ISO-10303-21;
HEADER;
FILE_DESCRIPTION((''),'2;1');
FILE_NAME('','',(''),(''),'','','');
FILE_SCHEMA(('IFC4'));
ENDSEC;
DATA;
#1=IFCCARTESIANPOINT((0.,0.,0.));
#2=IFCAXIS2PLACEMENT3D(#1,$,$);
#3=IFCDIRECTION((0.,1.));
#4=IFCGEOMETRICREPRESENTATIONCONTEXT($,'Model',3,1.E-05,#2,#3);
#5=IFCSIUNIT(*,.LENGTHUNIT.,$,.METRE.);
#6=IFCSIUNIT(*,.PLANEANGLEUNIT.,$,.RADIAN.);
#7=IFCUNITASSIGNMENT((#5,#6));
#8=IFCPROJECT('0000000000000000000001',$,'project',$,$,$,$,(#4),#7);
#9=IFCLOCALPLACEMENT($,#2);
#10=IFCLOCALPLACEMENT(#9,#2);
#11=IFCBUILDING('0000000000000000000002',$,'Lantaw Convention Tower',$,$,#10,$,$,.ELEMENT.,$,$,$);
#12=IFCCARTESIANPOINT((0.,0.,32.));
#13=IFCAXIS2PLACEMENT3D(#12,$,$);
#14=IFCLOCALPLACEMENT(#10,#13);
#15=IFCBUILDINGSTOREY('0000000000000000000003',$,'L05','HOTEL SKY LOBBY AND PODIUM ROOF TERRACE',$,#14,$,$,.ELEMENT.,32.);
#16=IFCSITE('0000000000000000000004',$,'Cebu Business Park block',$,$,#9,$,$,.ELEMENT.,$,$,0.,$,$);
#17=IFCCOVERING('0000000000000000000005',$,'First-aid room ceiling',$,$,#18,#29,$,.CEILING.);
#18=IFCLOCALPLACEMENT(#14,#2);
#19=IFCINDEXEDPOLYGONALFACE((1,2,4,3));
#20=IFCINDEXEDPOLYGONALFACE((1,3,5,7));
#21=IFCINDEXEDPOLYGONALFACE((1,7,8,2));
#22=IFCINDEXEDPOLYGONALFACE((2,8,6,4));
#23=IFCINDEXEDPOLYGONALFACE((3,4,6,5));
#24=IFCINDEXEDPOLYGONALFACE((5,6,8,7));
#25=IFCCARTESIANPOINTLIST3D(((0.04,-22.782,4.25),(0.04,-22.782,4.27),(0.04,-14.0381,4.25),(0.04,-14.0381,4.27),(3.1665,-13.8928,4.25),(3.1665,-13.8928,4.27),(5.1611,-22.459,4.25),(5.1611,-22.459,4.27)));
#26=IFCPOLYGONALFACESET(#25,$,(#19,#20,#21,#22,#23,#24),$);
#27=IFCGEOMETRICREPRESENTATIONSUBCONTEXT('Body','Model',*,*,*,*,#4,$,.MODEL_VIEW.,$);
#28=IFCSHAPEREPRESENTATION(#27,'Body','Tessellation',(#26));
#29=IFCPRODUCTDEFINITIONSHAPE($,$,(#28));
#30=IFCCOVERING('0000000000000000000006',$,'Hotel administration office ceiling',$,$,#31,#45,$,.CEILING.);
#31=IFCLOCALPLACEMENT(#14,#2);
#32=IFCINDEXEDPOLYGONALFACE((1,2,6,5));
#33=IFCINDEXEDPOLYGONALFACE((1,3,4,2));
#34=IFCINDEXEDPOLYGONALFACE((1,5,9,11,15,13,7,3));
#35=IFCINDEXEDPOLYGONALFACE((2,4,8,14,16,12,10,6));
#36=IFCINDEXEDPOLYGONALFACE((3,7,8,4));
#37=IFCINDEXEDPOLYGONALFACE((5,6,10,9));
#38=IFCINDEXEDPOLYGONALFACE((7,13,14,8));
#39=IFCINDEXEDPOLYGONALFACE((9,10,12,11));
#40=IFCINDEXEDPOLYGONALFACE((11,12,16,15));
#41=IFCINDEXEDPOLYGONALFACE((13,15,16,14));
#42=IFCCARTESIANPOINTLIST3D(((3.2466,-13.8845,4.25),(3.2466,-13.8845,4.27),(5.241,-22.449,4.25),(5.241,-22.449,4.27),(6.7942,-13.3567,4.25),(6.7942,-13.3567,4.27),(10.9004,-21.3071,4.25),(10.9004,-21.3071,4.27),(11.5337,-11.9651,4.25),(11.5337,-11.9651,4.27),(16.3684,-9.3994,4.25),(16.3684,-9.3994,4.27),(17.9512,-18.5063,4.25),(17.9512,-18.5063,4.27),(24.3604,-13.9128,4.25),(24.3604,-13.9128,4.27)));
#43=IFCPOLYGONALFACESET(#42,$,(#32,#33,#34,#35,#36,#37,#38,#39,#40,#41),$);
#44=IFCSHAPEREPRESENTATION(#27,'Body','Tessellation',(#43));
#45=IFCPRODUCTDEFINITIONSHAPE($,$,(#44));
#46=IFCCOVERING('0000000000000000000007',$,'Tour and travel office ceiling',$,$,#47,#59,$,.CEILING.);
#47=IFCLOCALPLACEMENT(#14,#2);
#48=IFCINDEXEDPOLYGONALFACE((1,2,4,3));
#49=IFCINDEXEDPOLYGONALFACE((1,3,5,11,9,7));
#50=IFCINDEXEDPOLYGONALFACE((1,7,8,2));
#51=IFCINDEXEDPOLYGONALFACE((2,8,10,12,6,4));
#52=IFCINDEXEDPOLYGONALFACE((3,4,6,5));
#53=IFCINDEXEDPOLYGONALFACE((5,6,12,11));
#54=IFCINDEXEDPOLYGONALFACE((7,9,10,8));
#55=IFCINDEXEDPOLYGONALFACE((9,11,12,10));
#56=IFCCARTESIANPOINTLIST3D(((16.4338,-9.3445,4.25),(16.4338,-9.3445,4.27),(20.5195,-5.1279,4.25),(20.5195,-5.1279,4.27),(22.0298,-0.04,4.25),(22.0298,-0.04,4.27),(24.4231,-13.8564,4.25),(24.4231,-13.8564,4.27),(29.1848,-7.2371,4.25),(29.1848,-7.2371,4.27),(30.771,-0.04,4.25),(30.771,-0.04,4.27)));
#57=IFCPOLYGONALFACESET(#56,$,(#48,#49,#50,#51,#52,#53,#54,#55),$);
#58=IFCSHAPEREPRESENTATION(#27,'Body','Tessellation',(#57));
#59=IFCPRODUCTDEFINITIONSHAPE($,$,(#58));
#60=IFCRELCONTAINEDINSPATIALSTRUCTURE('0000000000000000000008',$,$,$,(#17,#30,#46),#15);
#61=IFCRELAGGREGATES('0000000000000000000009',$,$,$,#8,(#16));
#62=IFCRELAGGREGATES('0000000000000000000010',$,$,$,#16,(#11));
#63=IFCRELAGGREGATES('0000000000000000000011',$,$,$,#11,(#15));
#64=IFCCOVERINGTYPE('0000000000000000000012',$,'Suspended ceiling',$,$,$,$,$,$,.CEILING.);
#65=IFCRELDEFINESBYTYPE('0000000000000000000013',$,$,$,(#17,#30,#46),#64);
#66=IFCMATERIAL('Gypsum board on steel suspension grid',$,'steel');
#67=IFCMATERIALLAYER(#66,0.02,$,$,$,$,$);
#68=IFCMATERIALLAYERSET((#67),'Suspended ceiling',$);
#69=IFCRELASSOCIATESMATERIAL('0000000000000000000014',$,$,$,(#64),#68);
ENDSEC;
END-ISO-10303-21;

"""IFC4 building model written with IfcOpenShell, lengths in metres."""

from ifc_helpers import new_model, si_unit, direction, frame, origin, place, context, subcontext, project, spatial, polyline, outline, extrude, material, layer, layer_set, type_object, element, save


model = new_model("IFC4")

# Units and contexts
model_context = context("Model", 3, precision=1e-05, world=origin(), true_north=direction((0.0, 1.0)))
body_context = subcontext(model_context, "Body", "Model", "MODEL_VIEW")
ifc_project = project(units=[si_unit("LENGTHUNIT", "METRE"), si_unit("PLANEANGLEUNIT", "RADIAN")], contexts=[model_context])

# Site, building, storey
site_placement = place(None, origin())
site = spatial("IfcSite", under=ifc_project, at=site_placement, Name="Cebu Business Park block", CompositionType="ELEMENT", RefElevation=0.0)
building_placement = place(site_placement, origin())
building = spatial("IfcBuilding", under=site, at=building_placement, Name="Lantaw Convention Tower", CompositionType="ELEMENT")
storey_placement = place(building_placement, frame((0.0, 0.0, 32.0)))
storey = spatial("IfcBuildingStorey", under=building, at=storey_placement, Name="L05", Description="HOTEL SKY LOBBY AND PODIUM ROOF TERRACE", CompositionType="ELEMENT", Elevation=32.0)

# Coverings
ifc_material_1 = material(Name="Gypsum board on steel suspension grid", Category="steel")
ifc_layer_1 = layer(ifc_material_1, 0.02)
ifc_layer_set_1 = layer_set([ifc_layer_1], Name="Suspended ceiling")
covering_type = type_object("IfcCoveringType", Name="Suspended ceiling", PredefinedType="CEILING", material=ifc_layer_set_1)
covering_1_placement = place(storey_placement, frame((0.0, 0.0, 4.25)))
element("IfcCovering", 1, at=covering_1_placement, inside=storey, type_object=covering_type, Name="First-aid room ceiling", PredefinedType="CEILING", context=body_context, shape_type="SweptSolid", body=[
    extrude(outline(polyline([(0.04, -14.0381), (0.04, -22.782), (5.1611, -22.459), (3.1665, -13.8928), (0.04, -14.0381)])), origin(), (0.0, 0.0, 1.0), 0.02),
])
covering_2_placement = place(storey_placement, frame((0.0, 0.0, 4.25)))
element("IfcCovering", 2, at=covering_2_placement, inside=storey, type_object=covering_type, Name="Hotel administration office ceiling", PredefinedType="CEILING", context=body_context, shape_type="SweptSolid", body=[
    extrude(outline(polyline([(3.2466, -13.8845), (5.241, -22.449), (10.9004, -21.3071), (17.9512, -18.5063), (24.3604, -13.9128), (16.3684, -9.3994), (11.5337, -11.9651), (6.7942, -13.3567), (3.2466, -13.8845)])), origin(), (0.0, 0.0, 1.0), 0.02),
])
covering_3_placement = place(storey_placement, frame((0.0, 0.0, 4.25)))
element("IfcCovering", 3, at=covering_3_placement, inside=storey, type_object=covering_type, Name="Tour and travel office ceiling", PredefinedType="CEILING", context=body_context, shape_type="SweptSolid", body=[
    extrude(outline(polyline([(16.4338, -9.3445), (24.4231, -13.8564), (29.1848, -7.2371), (30.771, -0.04), (22.0298, -0.04), (20.5195, -5.1279), (16.4338, -9.3445)])), origin(), (0.0, 0.0, 1.0), 0.02),
])

save(model, "model.ifc")
